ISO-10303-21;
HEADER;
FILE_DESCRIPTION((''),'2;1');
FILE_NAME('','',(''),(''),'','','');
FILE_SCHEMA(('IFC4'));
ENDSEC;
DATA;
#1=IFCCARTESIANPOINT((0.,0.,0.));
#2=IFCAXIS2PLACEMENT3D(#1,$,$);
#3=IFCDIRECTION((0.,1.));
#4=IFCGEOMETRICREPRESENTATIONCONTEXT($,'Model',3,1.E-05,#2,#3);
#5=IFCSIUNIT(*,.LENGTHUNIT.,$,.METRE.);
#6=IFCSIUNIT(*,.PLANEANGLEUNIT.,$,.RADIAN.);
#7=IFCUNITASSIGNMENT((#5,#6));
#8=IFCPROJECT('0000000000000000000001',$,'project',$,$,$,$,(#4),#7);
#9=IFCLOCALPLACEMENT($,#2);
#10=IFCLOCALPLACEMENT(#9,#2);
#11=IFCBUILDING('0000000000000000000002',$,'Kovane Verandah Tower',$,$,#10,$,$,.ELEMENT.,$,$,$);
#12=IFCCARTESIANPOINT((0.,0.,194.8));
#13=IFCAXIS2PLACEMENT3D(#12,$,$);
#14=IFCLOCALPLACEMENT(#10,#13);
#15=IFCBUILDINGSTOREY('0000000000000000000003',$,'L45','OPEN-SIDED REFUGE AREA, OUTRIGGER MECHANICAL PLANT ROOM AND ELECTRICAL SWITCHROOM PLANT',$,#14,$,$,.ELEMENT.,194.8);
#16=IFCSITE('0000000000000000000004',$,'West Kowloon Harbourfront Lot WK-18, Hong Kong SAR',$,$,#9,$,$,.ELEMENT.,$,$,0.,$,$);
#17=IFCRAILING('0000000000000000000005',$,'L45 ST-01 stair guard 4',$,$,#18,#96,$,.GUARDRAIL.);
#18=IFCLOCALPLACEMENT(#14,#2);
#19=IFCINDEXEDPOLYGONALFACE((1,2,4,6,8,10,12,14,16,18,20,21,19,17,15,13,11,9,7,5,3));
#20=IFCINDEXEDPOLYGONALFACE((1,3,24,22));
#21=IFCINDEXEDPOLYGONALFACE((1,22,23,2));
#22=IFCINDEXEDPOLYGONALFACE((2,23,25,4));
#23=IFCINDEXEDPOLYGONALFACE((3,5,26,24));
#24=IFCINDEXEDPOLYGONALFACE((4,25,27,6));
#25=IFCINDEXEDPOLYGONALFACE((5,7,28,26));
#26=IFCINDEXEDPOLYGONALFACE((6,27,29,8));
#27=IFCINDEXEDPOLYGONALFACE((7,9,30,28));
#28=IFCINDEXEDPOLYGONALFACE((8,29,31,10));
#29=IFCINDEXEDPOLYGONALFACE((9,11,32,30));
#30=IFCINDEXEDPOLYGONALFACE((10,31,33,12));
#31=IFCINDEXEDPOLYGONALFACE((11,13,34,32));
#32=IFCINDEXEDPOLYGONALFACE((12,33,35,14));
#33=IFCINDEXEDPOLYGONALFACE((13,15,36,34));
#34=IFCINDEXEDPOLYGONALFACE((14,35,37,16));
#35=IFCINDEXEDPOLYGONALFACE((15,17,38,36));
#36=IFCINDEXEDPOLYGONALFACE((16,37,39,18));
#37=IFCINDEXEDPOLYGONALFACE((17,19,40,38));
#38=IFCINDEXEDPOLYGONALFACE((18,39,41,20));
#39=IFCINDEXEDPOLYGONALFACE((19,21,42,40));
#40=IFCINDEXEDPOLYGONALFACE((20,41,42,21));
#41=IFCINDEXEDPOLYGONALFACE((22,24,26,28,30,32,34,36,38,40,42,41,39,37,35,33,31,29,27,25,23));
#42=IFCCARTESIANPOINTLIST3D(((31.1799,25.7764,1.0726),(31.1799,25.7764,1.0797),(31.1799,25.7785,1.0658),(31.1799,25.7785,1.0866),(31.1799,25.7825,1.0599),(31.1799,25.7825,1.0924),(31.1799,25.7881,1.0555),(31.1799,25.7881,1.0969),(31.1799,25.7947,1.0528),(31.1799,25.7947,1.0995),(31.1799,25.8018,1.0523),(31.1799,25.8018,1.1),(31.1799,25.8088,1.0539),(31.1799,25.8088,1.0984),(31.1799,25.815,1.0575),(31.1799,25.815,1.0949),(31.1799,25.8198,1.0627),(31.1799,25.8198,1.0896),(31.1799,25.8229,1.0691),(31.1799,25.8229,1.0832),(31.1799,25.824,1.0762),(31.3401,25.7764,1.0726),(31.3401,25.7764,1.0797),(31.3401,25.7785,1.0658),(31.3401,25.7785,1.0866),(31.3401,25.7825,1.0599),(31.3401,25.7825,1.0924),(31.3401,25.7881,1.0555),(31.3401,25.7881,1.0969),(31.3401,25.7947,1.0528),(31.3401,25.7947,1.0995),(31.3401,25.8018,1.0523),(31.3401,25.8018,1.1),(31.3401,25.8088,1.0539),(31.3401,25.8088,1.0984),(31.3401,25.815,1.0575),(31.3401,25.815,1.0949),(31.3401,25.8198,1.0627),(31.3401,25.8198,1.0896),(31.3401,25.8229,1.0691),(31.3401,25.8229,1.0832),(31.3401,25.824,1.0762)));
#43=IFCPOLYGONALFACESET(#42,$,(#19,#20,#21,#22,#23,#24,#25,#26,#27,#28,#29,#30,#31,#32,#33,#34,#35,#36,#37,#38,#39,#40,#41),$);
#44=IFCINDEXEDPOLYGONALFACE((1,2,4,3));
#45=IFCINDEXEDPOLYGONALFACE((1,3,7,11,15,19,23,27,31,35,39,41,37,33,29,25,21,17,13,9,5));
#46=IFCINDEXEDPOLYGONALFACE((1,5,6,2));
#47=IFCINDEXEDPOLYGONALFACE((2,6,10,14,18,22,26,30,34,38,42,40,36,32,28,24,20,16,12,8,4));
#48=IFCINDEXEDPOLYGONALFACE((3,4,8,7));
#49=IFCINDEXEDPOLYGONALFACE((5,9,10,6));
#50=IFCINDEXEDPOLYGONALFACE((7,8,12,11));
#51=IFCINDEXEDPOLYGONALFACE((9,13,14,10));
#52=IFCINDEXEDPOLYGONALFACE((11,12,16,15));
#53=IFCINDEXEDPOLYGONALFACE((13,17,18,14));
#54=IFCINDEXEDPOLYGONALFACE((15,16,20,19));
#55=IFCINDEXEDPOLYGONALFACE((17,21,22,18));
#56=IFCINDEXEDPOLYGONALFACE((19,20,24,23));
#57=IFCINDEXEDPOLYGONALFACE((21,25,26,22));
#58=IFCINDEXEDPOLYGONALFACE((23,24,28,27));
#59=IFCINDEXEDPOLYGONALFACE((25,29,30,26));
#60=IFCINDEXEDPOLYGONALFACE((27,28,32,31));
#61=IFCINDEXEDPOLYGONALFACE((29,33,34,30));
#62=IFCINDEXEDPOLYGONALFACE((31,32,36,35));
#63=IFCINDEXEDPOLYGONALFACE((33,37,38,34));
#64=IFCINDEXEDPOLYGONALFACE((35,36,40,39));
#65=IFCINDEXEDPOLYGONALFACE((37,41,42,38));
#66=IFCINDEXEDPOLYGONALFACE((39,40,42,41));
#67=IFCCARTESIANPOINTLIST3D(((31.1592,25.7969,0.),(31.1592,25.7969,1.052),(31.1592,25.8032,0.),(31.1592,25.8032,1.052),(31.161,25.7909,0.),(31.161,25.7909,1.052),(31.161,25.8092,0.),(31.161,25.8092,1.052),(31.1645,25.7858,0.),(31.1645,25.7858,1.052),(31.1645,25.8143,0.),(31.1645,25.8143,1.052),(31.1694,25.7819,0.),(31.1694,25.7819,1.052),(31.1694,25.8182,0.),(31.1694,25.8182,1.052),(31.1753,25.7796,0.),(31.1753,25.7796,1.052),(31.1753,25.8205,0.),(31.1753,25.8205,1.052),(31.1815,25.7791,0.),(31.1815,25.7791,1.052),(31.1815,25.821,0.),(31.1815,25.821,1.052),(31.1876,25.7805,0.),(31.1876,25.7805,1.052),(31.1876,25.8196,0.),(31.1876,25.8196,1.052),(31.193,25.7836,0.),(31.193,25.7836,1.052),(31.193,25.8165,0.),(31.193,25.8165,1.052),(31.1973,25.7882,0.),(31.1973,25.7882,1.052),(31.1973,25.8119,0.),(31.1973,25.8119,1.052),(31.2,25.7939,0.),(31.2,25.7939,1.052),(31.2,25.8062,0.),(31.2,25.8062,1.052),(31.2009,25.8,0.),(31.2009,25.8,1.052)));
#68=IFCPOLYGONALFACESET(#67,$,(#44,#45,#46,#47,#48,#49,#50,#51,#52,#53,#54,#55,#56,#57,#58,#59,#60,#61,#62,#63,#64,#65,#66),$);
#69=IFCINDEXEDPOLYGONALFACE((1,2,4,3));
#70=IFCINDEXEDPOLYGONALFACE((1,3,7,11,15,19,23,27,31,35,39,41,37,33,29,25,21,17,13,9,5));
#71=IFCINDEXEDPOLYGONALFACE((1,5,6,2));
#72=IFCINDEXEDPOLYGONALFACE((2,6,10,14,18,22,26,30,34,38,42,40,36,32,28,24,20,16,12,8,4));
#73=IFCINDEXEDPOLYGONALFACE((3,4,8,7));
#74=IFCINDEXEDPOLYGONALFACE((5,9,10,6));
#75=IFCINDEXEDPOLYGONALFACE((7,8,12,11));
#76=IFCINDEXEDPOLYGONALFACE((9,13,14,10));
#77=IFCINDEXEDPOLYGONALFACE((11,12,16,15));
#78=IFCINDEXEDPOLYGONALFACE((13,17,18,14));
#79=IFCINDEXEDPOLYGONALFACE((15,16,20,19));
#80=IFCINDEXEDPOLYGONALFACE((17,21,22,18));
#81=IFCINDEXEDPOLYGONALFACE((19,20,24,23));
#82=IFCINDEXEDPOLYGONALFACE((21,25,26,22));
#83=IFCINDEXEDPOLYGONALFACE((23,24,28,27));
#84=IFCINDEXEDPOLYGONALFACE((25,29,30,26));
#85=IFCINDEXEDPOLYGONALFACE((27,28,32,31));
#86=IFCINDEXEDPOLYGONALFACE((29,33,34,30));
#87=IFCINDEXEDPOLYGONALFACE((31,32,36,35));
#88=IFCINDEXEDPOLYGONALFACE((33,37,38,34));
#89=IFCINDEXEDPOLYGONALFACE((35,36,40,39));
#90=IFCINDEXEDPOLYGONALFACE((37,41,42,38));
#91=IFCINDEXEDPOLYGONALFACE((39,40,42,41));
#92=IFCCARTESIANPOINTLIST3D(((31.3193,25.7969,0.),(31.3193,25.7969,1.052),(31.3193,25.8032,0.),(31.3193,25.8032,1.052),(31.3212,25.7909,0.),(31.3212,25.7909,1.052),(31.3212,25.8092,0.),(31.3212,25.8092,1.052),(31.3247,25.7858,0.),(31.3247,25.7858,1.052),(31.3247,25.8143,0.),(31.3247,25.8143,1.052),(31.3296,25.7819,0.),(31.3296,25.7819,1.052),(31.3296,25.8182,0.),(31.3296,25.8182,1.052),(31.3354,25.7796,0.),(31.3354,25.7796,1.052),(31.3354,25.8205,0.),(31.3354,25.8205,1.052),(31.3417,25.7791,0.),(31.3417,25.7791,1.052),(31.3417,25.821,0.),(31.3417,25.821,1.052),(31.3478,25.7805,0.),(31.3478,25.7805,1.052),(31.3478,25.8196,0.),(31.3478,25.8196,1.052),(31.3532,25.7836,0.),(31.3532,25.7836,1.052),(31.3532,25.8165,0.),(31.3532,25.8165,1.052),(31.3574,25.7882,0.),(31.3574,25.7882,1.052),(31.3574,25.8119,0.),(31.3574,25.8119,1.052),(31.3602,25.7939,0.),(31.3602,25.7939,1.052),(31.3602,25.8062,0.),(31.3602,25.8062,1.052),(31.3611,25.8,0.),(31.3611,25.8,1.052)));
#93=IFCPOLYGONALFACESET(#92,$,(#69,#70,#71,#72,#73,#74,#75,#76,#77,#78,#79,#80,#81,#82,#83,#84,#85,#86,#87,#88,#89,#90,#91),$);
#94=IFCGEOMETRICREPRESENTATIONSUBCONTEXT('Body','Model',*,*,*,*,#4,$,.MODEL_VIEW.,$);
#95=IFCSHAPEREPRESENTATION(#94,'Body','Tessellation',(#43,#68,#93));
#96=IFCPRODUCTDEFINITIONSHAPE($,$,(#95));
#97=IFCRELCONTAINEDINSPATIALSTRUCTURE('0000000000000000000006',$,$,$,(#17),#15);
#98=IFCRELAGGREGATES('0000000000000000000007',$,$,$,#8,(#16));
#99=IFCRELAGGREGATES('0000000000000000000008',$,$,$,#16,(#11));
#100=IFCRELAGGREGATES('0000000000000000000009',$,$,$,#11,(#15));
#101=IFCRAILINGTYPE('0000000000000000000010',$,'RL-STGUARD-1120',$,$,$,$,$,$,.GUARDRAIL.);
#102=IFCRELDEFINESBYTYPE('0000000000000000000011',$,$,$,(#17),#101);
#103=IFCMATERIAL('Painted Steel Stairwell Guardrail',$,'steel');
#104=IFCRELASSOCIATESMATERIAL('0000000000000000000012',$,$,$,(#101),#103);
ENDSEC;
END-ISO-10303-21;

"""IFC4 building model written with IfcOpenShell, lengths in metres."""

from ifc_helpers import new_model, si_unit, direction, frame, origin, origin_2d, place, context, subcontext, project, spatial, circle, extrude, material, type_object, element, save


model = new_model("IFC4")

# Units and contexts
model_context = context("Model", 3, precision=1e-05, world=origin(), true_north=direction((0.0, 1.0)))
body_context = subcontext(model_context, "Body", "Model", "MODEL_VIEW")
ifc_project = project(units=[si_unit("LENGTHUNIT", "METRE"), si_unit("PLANEANGLEUNIT", "RADIAN")], contexts=[model_context])

# Site, building, storey
site_placement = place(None, origin())
site = spatial("IfcSite", under=ifc_project, at=site_placement, Name="West Kowloon Harbourfront Lot WK-18, Hong Kong SAR", CompositionType="ELEMENT", RefElevation=0.0)
building_placement = place(site_placement, origin())
building = spatial("IfcBuilding", under=site, at=building_placement, Name="Kovane Verandah Tower", CompositionType="ELEMENT")
storey_placement = place(building_placement, frame((0.0, 0.0, 194.8)))
storey = spatial("IfcBuildingStorey", under=building, at=storey_placement, Name="L45", Description="OPEN-SIDED REFUGE AREA, OUTRIGGER MECHANICAL PLANT ROOM AND ELECTRICAL SWITCHROOM PLANT", CompositionType="ELEMENT", Elevation=194.8)

# Railing
ifc_material_1 = material(Name="Painted Steel Stairwell Guardrail", Category="steel")
railing_type_1 = type_object("IfcRailingType", Name="RL-STGUARD-1120", PredefinedType="GUARDRAIL", material=ifc_material_1)
railing_1_placement = place(storey_placement, frame((31.1799, 25.8, 0.0)))
element("IfcRailing", 1, at=railing_1_placement, inside=storey, type_object=railing_type_1, Name="L45 ST-01 stair guard 4", PredefinedType="GUARDRAIL", context=body_context, shape_type="SweptSolid", body=[
    extrude(circle(Radius=0.0239, at=origin_2d()), frame((0.0, 0.0, 1.0762), z_axis=(1.0, 0.0, 0.0), x_axis=(0.0, 1.0, 0.0)), (0.0, 0.0, 1.0), 0.1602),
    extrude(circle(Radius=0.021, at=origin_2d()), origin(), (0.0, 0.0, 1.0), 1.052),
    extrude(circle(Radius=0.021, at=origin_2d()), frame((0.1602, 0.0, 0.0)), (0.0, 0.0, 1.0), 1.052),
])

save(model, "model.ifc")
